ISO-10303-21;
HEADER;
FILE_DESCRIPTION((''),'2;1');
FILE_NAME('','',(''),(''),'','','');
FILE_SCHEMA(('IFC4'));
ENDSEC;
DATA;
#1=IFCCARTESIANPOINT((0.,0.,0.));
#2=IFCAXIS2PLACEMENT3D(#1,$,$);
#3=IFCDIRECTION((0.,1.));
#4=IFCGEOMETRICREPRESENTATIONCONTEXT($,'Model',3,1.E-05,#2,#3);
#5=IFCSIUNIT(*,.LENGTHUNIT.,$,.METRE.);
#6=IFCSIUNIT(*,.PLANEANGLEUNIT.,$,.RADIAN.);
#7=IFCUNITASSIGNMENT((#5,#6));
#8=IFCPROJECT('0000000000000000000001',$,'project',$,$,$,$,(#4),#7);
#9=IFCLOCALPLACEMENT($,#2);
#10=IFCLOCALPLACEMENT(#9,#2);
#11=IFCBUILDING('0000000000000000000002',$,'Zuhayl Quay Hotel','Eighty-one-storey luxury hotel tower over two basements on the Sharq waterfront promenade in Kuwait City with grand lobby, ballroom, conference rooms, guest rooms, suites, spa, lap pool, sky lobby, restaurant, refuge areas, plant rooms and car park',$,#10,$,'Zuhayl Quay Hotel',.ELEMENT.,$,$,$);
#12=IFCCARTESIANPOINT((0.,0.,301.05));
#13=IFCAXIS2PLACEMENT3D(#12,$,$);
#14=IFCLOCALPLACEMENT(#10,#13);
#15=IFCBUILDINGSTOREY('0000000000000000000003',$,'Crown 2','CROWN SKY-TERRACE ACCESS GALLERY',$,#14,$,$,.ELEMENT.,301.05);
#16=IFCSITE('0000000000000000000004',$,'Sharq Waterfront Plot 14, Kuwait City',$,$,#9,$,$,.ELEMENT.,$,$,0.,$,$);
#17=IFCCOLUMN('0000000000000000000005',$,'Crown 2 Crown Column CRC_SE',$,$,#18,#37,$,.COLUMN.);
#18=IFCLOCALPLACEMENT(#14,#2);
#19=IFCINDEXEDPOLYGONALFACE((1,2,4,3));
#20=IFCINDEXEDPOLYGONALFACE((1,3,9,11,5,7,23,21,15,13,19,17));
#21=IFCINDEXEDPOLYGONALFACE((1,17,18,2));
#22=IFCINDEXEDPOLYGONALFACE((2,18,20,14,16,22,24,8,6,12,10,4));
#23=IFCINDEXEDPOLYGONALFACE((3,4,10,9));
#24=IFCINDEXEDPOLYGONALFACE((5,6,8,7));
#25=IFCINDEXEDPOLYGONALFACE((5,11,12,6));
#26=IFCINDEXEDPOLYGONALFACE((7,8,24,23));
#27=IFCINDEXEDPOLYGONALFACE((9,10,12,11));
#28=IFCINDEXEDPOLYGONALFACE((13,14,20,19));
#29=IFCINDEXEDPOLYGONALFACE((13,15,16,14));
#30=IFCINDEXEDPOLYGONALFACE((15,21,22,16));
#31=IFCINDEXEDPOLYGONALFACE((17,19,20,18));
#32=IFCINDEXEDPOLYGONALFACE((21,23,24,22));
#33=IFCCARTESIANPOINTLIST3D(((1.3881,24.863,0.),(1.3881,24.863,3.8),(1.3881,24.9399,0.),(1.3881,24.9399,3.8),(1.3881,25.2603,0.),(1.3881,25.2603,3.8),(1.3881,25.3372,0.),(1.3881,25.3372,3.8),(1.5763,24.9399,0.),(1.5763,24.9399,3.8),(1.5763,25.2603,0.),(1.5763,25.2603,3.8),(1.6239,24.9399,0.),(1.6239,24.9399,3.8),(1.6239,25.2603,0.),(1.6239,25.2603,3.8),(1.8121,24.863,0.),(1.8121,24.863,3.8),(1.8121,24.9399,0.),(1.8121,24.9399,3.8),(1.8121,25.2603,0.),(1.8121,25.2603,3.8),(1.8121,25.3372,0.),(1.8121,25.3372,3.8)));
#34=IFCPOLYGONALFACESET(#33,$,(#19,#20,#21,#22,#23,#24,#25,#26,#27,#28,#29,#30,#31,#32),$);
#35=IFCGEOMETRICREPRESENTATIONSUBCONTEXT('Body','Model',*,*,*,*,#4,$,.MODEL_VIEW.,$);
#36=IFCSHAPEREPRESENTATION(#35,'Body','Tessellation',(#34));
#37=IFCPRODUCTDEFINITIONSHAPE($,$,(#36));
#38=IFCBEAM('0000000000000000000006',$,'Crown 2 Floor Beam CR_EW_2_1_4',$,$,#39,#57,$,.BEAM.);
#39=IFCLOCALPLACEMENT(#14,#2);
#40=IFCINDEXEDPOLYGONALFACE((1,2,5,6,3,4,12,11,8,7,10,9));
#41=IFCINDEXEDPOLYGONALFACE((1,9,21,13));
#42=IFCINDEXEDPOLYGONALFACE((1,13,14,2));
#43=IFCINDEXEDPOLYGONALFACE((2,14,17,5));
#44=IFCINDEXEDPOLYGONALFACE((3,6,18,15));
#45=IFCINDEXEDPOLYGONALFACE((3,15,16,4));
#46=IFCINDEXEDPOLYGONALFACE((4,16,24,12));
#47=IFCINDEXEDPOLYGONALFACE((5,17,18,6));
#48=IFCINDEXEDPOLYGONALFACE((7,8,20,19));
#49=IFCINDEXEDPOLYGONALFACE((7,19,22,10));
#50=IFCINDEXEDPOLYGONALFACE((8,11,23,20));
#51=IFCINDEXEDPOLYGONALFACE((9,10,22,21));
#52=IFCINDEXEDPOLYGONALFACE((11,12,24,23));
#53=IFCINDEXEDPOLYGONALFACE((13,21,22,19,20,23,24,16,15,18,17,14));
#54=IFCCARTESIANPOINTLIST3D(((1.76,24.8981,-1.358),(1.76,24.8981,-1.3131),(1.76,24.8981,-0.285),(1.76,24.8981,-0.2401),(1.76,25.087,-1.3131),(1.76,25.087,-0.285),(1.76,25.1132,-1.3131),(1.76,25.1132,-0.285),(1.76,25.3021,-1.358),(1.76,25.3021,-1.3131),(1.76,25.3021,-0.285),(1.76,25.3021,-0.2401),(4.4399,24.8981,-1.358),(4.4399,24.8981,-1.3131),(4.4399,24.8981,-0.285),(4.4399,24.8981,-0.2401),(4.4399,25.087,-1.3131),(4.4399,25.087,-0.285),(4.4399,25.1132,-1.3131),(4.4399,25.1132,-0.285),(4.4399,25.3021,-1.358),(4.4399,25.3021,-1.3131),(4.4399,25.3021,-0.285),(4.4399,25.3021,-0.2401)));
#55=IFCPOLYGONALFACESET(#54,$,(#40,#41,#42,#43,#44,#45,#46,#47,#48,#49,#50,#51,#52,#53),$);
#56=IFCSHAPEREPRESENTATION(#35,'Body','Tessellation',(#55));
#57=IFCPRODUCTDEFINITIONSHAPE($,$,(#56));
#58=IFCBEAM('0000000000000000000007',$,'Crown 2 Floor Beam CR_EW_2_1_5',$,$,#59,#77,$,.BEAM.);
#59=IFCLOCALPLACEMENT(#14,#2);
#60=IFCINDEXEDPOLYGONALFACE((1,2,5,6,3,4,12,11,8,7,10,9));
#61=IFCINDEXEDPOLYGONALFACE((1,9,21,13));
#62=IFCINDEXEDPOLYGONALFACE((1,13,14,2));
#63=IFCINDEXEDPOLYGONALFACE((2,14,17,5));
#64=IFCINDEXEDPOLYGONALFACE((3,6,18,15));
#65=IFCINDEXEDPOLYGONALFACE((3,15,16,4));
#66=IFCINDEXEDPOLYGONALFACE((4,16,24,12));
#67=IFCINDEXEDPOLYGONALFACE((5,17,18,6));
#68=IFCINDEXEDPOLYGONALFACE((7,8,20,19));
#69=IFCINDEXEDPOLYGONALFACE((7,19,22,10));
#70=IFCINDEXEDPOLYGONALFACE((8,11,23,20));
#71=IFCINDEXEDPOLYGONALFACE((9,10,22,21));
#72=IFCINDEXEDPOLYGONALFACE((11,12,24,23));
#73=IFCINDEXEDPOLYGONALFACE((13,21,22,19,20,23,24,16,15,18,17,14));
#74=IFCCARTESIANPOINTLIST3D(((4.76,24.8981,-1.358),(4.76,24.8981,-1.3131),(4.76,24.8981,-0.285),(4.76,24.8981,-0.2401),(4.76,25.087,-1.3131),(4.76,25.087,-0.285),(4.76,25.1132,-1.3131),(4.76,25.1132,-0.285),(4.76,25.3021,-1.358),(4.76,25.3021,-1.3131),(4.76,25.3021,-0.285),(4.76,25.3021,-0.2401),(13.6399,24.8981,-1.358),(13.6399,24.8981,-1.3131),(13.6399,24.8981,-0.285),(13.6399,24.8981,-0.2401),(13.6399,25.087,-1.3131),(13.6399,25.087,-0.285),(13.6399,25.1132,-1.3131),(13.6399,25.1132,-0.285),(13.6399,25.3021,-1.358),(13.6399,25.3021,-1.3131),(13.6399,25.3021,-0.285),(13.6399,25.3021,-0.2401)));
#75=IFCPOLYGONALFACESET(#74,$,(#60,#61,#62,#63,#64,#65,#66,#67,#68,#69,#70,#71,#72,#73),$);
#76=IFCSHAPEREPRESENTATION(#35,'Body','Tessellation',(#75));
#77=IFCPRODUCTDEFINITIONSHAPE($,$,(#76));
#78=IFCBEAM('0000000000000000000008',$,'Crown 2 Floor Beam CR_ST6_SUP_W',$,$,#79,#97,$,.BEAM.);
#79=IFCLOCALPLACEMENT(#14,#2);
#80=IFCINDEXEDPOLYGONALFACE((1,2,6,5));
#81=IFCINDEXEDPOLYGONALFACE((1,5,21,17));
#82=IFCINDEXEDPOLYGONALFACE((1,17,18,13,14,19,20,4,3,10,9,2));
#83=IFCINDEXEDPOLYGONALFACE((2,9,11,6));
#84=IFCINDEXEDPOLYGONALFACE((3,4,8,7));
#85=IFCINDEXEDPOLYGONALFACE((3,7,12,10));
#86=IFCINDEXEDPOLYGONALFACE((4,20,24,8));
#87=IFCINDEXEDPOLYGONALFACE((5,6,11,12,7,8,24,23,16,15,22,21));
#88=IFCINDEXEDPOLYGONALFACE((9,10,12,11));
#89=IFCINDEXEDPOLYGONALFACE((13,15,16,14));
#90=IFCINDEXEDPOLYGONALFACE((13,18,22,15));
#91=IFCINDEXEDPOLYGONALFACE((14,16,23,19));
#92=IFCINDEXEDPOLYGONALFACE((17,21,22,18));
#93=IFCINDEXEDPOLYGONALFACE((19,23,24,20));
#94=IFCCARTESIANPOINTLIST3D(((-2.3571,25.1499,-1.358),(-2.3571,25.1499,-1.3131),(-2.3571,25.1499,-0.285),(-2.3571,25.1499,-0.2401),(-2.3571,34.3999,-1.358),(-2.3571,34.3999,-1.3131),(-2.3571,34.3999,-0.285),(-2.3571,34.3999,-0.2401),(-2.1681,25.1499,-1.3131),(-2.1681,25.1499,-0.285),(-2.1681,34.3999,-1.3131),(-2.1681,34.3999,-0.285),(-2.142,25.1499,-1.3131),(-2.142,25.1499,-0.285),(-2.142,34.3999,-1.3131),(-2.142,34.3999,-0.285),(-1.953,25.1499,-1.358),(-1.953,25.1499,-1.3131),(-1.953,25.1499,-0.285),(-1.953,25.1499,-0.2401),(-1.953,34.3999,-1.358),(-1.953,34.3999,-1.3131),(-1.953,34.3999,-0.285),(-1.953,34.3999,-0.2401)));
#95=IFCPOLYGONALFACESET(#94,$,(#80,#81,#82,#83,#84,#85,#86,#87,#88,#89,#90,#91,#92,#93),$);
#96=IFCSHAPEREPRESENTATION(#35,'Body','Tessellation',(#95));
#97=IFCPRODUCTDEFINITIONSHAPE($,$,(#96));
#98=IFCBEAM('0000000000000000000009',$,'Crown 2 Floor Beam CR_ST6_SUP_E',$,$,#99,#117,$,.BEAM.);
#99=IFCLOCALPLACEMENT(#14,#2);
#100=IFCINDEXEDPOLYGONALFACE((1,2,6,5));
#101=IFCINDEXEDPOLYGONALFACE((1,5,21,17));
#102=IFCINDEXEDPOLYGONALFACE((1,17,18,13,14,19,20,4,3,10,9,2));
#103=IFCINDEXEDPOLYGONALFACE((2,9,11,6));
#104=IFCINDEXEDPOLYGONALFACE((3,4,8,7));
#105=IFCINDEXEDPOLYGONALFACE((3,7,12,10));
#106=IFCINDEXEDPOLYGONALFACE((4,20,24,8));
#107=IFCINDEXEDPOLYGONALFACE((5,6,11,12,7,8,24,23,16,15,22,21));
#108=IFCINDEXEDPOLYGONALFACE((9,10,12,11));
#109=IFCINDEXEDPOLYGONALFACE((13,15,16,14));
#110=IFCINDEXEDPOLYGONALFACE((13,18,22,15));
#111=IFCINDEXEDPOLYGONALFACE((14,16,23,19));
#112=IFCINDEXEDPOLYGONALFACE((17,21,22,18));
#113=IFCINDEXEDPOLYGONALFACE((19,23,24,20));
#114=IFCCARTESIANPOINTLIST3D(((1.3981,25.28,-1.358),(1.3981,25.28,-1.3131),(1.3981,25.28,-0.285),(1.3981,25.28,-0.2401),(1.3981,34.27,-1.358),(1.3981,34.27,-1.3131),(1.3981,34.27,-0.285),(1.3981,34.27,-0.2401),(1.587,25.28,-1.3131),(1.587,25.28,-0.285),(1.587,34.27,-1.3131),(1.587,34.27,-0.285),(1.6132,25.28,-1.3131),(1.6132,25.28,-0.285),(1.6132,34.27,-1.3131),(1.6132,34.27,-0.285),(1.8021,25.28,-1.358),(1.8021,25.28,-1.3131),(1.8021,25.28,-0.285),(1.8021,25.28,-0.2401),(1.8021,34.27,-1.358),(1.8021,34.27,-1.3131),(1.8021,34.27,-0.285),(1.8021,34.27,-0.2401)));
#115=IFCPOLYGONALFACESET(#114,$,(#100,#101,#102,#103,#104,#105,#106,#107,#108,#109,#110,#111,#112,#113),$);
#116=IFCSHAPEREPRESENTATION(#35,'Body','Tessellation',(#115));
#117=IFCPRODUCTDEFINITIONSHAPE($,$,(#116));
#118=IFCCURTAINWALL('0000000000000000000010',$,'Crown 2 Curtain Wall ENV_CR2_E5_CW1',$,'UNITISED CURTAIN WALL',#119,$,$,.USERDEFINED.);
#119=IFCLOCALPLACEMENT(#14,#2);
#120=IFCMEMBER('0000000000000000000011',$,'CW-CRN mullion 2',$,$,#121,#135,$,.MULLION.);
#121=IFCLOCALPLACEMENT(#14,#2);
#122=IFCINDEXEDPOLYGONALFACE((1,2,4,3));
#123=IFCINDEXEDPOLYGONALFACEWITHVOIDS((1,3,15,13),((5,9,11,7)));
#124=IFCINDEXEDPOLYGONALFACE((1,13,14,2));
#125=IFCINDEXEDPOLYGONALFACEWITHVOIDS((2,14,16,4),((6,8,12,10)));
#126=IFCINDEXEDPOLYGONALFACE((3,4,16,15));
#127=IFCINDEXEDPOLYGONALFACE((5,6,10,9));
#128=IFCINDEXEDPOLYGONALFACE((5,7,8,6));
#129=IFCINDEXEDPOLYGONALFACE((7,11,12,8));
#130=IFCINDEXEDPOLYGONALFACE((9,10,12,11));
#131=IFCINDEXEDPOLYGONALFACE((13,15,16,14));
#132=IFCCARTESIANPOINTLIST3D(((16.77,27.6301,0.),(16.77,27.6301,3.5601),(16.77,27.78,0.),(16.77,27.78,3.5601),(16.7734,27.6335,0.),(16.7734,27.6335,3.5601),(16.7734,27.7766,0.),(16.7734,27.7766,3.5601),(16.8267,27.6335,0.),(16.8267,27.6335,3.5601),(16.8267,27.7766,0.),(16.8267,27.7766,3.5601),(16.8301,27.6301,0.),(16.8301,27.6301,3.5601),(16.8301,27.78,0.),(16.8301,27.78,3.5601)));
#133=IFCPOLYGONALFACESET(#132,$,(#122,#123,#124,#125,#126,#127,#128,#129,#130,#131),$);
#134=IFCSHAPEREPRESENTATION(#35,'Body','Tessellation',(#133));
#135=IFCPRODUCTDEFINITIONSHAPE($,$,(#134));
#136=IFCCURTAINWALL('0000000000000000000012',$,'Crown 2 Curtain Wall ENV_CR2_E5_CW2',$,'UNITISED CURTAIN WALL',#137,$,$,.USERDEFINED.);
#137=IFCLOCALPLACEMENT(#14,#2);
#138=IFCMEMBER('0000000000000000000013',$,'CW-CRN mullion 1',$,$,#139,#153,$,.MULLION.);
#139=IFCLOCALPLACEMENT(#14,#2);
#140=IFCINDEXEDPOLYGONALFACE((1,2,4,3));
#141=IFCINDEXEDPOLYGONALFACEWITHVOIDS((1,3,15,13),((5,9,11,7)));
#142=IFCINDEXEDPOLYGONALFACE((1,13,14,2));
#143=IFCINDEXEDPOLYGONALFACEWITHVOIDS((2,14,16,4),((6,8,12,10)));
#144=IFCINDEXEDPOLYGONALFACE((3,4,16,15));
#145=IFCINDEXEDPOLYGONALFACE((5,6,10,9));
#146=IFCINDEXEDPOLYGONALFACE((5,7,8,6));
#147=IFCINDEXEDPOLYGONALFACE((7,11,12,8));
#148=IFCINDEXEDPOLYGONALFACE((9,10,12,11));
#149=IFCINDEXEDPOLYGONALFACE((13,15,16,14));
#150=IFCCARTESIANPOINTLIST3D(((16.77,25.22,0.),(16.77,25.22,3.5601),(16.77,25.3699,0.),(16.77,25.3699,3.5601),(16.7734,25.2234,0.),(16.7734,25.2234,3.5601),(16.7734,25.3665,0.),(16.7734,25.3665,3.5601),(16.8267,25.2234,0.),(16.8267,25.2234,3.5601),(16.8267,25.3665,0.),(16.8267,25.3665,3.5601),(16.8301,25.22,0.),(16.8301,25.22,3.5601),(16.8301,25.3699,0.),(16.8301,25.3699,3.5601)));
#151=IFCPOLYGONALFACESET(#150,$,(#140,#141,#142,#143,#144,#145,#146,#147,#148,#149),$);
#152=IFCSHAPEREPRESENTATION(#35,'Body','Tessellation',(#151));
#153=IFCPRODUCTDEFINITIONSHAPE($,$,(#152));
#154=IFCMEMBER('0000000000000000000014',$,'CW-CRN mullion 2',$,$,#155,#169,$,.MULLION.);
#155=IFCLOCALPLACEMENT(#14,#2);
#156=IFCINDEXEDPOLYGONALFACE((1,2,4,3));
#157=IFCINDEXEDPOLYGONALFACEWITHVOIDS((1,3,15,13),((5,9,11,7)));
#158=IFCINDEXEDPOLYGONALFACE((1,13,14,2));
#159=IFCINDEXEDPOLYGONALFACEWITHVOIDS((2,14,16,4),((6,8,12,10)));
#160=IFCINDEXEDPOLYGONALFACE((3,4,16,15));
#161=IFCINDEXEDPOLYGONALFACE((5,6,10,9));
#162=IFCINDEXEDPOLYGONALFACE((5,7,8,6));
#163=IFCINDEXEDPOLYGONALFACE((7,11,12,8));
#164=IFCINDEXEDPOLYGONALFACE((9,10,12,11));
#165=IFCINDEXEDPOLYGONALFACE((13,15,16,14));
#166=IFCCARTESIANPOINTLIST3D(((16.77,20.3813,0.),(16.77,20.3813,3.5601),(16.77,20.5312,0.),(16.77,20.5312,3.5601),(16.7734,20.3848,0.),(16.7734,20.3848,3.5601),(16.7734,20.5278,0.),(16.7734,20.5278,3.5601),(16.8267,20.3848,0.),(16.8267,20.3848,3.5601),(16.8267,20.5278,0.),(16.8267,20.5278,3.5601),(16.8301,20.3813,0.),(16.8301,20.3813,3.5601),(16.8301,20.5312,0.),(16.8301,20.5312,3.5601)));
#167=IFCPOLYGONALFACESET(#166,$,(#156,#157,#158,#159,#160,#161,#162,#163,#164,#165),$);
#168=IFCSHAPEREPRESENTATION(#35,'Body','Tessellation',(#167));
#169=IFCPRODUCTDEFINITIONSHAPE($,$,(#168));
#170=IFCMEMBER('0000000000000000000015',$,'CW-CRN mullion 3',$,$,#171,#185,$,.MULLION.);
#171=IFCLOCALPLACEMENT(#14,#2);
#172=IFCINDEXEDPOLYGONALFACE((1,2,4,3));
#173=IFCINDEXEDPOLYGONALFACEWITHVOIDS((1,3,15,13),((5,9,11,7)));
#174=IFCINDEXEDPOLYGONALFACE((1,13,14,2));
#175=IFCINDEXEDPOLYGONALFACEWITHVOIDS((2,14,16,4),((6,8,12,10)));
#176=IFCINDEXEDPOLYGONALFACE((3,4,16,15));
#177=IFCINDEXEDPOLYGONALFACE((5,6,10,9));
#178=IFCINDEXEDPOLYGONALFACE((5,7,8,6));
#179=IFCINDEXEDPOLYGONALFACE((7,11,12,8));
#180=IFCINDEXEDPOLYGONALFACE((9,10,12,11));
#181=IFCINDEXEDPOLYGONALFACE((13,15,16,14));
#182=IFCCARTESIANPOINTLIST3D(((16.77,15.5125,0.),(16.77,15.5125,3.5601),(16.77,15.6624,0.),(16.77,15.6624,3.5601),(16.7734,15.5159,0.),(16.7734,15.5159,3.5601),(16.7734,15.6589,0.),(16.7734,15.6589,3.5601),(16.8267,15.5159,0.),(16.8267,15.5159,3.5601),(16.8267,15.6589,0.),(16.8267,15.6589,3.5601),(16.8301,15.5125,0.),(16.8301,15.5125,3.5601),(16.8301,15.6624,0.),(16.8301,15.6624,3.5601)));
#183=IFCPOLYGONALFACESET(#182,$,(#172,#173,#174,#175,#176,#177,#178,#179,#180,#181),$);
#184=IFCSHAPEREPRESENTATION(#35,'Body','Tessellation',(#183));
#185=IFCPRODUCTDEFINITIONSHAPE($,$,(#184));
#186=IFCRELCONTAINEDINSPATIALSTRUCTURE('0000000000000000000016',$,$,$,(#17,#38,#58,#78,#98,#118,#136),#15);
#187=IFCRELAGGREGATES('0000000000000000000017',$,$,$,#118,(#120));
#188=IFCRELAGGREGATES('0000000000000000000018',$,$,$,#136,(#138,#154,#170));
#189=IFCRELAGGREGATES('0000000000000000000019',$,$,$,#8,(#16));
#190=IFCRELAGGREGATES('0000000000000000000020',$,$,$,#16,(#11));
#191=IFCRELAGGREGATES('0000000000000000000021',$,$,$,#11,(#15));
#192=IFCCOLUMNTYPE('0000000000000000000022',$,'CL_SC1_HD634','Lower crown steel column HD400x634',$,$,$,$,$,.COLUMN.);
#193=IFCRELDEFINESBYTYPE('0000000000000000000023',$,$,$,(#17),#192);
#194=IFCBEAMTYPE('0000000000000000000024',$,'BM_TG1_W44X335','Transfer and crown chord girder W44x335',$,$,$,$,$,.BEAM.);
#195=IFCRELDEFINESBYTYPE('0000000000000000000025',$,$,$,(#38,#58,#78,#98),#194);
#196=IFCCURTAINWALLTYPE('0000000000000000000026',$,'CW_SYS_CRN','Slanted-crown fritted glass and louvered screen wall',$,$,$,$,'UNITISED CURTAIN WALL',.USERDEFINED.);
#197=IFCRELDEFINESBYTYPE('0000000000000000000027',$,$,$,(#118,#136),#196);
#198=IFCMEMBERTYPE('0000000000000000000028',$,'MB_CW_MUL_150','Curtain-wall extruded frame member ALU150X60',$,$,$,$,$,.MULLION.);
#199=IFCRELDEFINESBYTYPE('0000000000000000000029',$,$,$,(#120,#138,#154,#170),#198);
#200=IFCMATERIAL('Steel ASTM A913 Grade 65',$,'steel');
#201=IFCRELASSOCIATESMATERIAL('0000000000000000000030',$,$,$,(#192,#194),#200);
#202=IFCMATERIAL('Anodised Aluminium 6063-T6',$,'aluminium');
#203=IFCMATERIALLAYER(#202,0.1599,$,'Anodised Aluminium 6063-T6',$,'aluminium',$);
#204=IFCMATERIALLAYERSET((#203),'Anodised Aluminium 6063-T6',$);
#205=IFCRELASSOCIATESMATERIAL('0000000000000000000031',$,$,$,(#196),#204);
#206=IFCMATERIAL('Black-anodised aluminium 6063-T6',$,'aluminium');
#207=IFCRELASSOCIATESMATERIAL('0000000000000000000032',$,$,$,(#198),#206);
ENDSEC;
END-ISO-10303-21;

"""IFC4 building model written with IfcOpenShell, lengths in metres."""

from ifc_helpers import new_model, si_unit, direction, frame, origin, origin_2d, place, context, subcontext, project, spatial, hollow_rectangle, i_section, extrude, material, layer, layer_set, material_profile, profile_set, type_object, element, aggregate, save


model = new_model("IFC4")

# Units and contexts
model_context = context("Model", 3, precision=1e-05, world=origin(), true_north=direction((0.0, 1.0)))
body_context = subcontext(model_context, "Body", "Model", "MODEL_VIEW")
ifc_project = project(units=[si_unit("LENGTHUNIT", "METRE"), si_unit("PLANEANGLEUNIT", "RADIAN")], contexts=[model_context])

# Site, building, storey
site_placement = place(None, origin())
site = spatial("IfcSite", under=ifc_project, at=site_placement, Name="Sharq Waterfront Plot 14, Kuwait City", CompositionType="ELEMENT", RefElevation=0.0)
building_placement = place(site_placement, origin())
building = spatial("IfcBuilding", under=site, at=building_placement, Name="Zuhayl Quay Hotel", Description="Eighty-one-storey luxury hotel tower over two basements on the Sharq waterfront promenade in Kuwait City with grand lobby, ballroom, conference rooms, guest rooms, suites, spa, lap pool, sky lobby, restaurant, refuge areas, plant rooms and car park", LongName="Zuhayl Quay Hotel", CompositionType="ELEMENT")
storey_placement = place(building_placement, frame((0.0, 0.0, 301.05)))
storey = spatial("IfcBuildingStorey", under=building, at=storey_placement, Name="Crown 2", Description="CROWN SKY-TERRACE ACCESS GALLERY", CompositionType="ELEMENT", Elevation=301.05)

# Column
ifc_material_1 = material(Name="Steel ASTM A913 Grade 65", Category="steel")
ifc_material_profile_1 = material_profile(ifc_material_1, i_section(OverallWidth=0.4241, OverallDepth=0.4741, WebThickness=0.0476, FlangeThickness=0.0769, at=origin_2d()), Name="HD400X634")
ifc_profile_set_1 = profile_set([ifc_material_profile_1], Name="Steel ASTM A913 Grade 65")
column_type = type_object("IfcColumnType", Name="CL_SC1_HD634", Description="Lower crown steel column HD400x634", PredefinedType="COLUMN", material=ifc_profile_set_1)
column_placement = place(storey_placement, frame((1.6001, 25.1001, 0.0), z_axis=(0.0, 0.0, 1.0), x_axis=(1.0, 0.0, 0.0)))
element("IfcColumn", 1, at=column_placement, inside=storey, type_object=column_type, Name="Crown 2 Crown Column CRC_SE", PredefinedType="COLUMN", context=body_context, shape_type="SweptSolid", body=[
    extrude(i_section(OverallWidth=0.4241, OverallDepth=0.4741, WebThickness=0.0476, FlangeThickness=0.0769, at=origin_2d()), origin(), (0.0, 0.0, 1.0), 3.8),
])

# Beams
ifc_material_profile_2 = material_profile(ifc_material_1, i_section(OverallWidth=0.4041, OverallDepth=1.1179, WebThickness=0.0261, FlangeThickness=0.0449, at=origin_2d()), Name="W44X335")
ifc_profile_set_2 = profile_set([ifc_material_profile_2], Name="Steel ASTM A913 Grade 65")
beam_type = type_object("IfcBeamType", Name="BM_TG1_W44X335", Description="Transfer and crown chord girder W44x335", PredefinedType="BEAM", material=ifc_profile_set_2)
beam_1_placement = place(storey_placement, frame((1.76, 25.1001, -0.7991), z_axis=(1.0, 0.0, 0.0), x_axis=(0.0, 1.0, 0.0)))
element("IfcBeam", 2, at=beam_1_placement, inside=storey, type_object=beam_type, Name="Crown 2 Floor Beam CR_EW_2_1_4", PredefinedType="BEAM", context=body_context, shape_type="SweptSolid", body=[
    extrude(i_section(OverallWidth=0.4041, OverallDepth=1.1179, WebThickness=0.0261, FlangeThickness=0.0449, at=origin_2d()), origin(), (0.0, 0.0, 1.0), 2.6799),
])
beam_2_placement = place(storey_placement, frame((4.76, 25.1001, -0.7991), z_axis=(1.0, 0.0, 0.0), x_axis=(0.0, 1.0, 0.0)))
element("IfcBeam", 3, at=beam_2_placement, inside=storey, type_object=beam_type, Name="Crown 2 Floor Beam CR_EW_2_1_5", PredefinedType="BEAM", context=body_context, shape_type="SweptSolid", body=[
    extrude(i_section(OverallWidth=0.4041, OverallDepth=1.1179, WebThickness=0.0261, FlangeThickness=0.0449, at=origin_2d()), origin(), (0.0, 0.0, 1.0), 8.8799),
])
beam_3_placement = place(storey_placement, frame((-2.155, 25.1499, -0.7991), z_axis=(0.0, 1.0, 0.0), x_axis=(-1.0, 0.0, 0.0)))
element("IfcBeam", 4, at=beam_3_placement, inside=storey, type_object=beam_type, Name="Crown 2 Floor Beam CR_ST6_SUP_W", PredefinedType="BEAM", context=body_context, shape_type="SweptSolid", body=[
    extrude(i_section(OverallWidth=0.4041, OverallDepth=1.1179, WebThickness=0.0261, FlangeThickness=0.0449, at=origin_2d()), origin(), (0.0, 0.0, 1.0), 9.25),
])
beam_4_placement = place(storey_placement, frame((1.6001, 25.28, -0.7991), z_axis=(0.0, 1.0, 0.0), x_axis=(-1.0, 0.0, 0.0)))
element("IfcBeam", 5, at=beam_4_placement, inside=storey, type_object=beam_type, Name="Crown 2 Floor Beam CR_ST6_SUP_E", PredefinedType="BEAM", context=body_context, shape_type="SweptSolid", body=[
    extrude(i_section(OverallWidth=0.4041, OverallDepth=1.1179, WebThickness=0.0261, FlangeThickness=0.0449, at=origin_2d()), origin(), (0.0, 0.0, 1.0), 8.99),
])

# Curtain wall, member
ifc_material_2 = material(Name="Anodised Aluminium 6063-T6", Category="aluminium")
ifc_layer_1 = layer(ifc_material_2, 0.1599, Name="Anodised Aluminium 6063-T6", Category="aluminium")
ifc_layer_set_1 = layer_set([ifc_layer_1], Name="Anodised Aluminium 6063-T6")
curtain_wall_type = type_object("IfcCurtainWallType", Name="CW_SYS_CRN", Description="Slanted-crown fritted glass and louvered screen wall", ElementType="UNITISED CURTAIN WALL", PredefinedType="USERDEFINED", material=ifc_layer_set_1)
curtain_wall_1_placement = place(storey_placement, origin())
curtain_wall_1 = element("IfcCurtainWall", 6, at=curtain_wall_1_placement, inside=storey, type_object=curtain_wall_type, Name="Crown 2 Curtain Wall ENV_CR2_E5_CW1", ObjectType="UNITISED CURTAIN WALL", PredefinedType="USERDEFINED")
ifc_material_3 = material(Name="Black-anodised aluminium 6063-T6", Category="aluminium")
ifc_material_profile_3 = material_profile(ifc_material_3, hollow_rectangle(XDim=0.0601, YDim=0.1499, WallThickness=0.0034, at=origin_2d()), Name="ALU150X60")
ifc_profile_set_3 = profile_set([ifc_material_profile_3], Name="Black-anodised aluminium 6063-T6")
member_type_1 = type_object("IfcMemberType", Name="MB_CW_MUL_150", Description="Curtain-wall extruded frame member ALU150X60", PredefinedType="MULLION", material=ifc_profile_set_3)
member_1_placement = place(storey_placement, frame((16.8, 27.7051, 0.0), z_axis=(0.0, 0.0, 1.0), x_axis=(1.0, 0.0, 0.0)))
member_1 = element("IfcMember", 7, at=member_1_placement, type_object=member_type_1, Name="CW-CRN mullion 2", PredefinedType="MULLION", context=body_context, shape_type="SweptSolid", body=[
    extrude(hollow_rectangle(XDim=0.0601, YDim=0.1499, WallThickness=0.0034, at=origin_2d()), origin(), (0.0, 0.0, 1.0), 3.5601),
])
aggregate(curtain_wall_1, [member_1])

# Curtain wall, members
curtain_wall_2_placement = place(storey_placement, origin())
curtain_wall_2 = element("IfcCurtainWall", 8, at=curtain_wall_2_placement, inside=storey, type_object=curtain_wall_type, Name="Crown 2 Curtain Wall ENV_CR2_E5_CW2", ObjectType="UNITISED CURTAIN WALL", PredefinedType="USERDEFINED")
member_2_placement = place(storey_placement, frame((16.8, 25.2949, 0.0), z_axis=(0.0, 0.0, 1.0), x_axis=(1.0, 0.0, 0.0)))
member_2 = element("IfcMember", 9, at=member_2_placement, type_object=member_type_1, Name="CW-CRN mullion 1", PredefinedType="MULLION", context=body_context, shape_type="SweptSolid", body=[
    extrude(hollow_rectangle(XDim=0.0601, YDim=0.1499, WallThickness=0.0034, at=origin_2d()), origin(), (0.0, 0.0, 1.0), 3.5601),
])
member_3_placement = place(storey_placement, frame((16.8, 20.4563, 0.0), z_axis=(0.0, 0.0, 1.0), x_axis=(1.0, 0.0, 0.0)))
member_3 = element("IfcMember", 10, at=member_3_placement, type_object=member_type_1, Name="CW-CRN mullion 2", PredefinedType="MULLION", context=body_context, shape_type="SweptSolid", body=[
    extrude(hollow_rectangle(XDim=0.0601, YDim=0.1499, WallThickness=0.0034, at=origin_2d()), origin(), (0.0, 0.0, 1.0), 3.5601),
])
member_4_placement = place(storey_placement, frame((16.8, 15.5874, 0.0), z_axis=(0.0, 0.0, 1.0), x_axis=(1.0, 0.0, 0.0)))
member_4 = element("IfcMember", 11, at=member_4_placement, type_object=member_type_1, Name="CW-CRN mullion 3", PredefinedType="MULLION", context=body_context, shape_type="SweptSolid", body=[
    extrude(hollow_rectangle(XDim=0.0601, YDim=0.1499, WallThickness=0.0034, at=origin_2d()), origin(), (0.0, 0.0, 1.0), 3.5601),
])
aggregate(curtain_wall_2, [member_2, member_3, member_4])

save(model, "model.ifc")
